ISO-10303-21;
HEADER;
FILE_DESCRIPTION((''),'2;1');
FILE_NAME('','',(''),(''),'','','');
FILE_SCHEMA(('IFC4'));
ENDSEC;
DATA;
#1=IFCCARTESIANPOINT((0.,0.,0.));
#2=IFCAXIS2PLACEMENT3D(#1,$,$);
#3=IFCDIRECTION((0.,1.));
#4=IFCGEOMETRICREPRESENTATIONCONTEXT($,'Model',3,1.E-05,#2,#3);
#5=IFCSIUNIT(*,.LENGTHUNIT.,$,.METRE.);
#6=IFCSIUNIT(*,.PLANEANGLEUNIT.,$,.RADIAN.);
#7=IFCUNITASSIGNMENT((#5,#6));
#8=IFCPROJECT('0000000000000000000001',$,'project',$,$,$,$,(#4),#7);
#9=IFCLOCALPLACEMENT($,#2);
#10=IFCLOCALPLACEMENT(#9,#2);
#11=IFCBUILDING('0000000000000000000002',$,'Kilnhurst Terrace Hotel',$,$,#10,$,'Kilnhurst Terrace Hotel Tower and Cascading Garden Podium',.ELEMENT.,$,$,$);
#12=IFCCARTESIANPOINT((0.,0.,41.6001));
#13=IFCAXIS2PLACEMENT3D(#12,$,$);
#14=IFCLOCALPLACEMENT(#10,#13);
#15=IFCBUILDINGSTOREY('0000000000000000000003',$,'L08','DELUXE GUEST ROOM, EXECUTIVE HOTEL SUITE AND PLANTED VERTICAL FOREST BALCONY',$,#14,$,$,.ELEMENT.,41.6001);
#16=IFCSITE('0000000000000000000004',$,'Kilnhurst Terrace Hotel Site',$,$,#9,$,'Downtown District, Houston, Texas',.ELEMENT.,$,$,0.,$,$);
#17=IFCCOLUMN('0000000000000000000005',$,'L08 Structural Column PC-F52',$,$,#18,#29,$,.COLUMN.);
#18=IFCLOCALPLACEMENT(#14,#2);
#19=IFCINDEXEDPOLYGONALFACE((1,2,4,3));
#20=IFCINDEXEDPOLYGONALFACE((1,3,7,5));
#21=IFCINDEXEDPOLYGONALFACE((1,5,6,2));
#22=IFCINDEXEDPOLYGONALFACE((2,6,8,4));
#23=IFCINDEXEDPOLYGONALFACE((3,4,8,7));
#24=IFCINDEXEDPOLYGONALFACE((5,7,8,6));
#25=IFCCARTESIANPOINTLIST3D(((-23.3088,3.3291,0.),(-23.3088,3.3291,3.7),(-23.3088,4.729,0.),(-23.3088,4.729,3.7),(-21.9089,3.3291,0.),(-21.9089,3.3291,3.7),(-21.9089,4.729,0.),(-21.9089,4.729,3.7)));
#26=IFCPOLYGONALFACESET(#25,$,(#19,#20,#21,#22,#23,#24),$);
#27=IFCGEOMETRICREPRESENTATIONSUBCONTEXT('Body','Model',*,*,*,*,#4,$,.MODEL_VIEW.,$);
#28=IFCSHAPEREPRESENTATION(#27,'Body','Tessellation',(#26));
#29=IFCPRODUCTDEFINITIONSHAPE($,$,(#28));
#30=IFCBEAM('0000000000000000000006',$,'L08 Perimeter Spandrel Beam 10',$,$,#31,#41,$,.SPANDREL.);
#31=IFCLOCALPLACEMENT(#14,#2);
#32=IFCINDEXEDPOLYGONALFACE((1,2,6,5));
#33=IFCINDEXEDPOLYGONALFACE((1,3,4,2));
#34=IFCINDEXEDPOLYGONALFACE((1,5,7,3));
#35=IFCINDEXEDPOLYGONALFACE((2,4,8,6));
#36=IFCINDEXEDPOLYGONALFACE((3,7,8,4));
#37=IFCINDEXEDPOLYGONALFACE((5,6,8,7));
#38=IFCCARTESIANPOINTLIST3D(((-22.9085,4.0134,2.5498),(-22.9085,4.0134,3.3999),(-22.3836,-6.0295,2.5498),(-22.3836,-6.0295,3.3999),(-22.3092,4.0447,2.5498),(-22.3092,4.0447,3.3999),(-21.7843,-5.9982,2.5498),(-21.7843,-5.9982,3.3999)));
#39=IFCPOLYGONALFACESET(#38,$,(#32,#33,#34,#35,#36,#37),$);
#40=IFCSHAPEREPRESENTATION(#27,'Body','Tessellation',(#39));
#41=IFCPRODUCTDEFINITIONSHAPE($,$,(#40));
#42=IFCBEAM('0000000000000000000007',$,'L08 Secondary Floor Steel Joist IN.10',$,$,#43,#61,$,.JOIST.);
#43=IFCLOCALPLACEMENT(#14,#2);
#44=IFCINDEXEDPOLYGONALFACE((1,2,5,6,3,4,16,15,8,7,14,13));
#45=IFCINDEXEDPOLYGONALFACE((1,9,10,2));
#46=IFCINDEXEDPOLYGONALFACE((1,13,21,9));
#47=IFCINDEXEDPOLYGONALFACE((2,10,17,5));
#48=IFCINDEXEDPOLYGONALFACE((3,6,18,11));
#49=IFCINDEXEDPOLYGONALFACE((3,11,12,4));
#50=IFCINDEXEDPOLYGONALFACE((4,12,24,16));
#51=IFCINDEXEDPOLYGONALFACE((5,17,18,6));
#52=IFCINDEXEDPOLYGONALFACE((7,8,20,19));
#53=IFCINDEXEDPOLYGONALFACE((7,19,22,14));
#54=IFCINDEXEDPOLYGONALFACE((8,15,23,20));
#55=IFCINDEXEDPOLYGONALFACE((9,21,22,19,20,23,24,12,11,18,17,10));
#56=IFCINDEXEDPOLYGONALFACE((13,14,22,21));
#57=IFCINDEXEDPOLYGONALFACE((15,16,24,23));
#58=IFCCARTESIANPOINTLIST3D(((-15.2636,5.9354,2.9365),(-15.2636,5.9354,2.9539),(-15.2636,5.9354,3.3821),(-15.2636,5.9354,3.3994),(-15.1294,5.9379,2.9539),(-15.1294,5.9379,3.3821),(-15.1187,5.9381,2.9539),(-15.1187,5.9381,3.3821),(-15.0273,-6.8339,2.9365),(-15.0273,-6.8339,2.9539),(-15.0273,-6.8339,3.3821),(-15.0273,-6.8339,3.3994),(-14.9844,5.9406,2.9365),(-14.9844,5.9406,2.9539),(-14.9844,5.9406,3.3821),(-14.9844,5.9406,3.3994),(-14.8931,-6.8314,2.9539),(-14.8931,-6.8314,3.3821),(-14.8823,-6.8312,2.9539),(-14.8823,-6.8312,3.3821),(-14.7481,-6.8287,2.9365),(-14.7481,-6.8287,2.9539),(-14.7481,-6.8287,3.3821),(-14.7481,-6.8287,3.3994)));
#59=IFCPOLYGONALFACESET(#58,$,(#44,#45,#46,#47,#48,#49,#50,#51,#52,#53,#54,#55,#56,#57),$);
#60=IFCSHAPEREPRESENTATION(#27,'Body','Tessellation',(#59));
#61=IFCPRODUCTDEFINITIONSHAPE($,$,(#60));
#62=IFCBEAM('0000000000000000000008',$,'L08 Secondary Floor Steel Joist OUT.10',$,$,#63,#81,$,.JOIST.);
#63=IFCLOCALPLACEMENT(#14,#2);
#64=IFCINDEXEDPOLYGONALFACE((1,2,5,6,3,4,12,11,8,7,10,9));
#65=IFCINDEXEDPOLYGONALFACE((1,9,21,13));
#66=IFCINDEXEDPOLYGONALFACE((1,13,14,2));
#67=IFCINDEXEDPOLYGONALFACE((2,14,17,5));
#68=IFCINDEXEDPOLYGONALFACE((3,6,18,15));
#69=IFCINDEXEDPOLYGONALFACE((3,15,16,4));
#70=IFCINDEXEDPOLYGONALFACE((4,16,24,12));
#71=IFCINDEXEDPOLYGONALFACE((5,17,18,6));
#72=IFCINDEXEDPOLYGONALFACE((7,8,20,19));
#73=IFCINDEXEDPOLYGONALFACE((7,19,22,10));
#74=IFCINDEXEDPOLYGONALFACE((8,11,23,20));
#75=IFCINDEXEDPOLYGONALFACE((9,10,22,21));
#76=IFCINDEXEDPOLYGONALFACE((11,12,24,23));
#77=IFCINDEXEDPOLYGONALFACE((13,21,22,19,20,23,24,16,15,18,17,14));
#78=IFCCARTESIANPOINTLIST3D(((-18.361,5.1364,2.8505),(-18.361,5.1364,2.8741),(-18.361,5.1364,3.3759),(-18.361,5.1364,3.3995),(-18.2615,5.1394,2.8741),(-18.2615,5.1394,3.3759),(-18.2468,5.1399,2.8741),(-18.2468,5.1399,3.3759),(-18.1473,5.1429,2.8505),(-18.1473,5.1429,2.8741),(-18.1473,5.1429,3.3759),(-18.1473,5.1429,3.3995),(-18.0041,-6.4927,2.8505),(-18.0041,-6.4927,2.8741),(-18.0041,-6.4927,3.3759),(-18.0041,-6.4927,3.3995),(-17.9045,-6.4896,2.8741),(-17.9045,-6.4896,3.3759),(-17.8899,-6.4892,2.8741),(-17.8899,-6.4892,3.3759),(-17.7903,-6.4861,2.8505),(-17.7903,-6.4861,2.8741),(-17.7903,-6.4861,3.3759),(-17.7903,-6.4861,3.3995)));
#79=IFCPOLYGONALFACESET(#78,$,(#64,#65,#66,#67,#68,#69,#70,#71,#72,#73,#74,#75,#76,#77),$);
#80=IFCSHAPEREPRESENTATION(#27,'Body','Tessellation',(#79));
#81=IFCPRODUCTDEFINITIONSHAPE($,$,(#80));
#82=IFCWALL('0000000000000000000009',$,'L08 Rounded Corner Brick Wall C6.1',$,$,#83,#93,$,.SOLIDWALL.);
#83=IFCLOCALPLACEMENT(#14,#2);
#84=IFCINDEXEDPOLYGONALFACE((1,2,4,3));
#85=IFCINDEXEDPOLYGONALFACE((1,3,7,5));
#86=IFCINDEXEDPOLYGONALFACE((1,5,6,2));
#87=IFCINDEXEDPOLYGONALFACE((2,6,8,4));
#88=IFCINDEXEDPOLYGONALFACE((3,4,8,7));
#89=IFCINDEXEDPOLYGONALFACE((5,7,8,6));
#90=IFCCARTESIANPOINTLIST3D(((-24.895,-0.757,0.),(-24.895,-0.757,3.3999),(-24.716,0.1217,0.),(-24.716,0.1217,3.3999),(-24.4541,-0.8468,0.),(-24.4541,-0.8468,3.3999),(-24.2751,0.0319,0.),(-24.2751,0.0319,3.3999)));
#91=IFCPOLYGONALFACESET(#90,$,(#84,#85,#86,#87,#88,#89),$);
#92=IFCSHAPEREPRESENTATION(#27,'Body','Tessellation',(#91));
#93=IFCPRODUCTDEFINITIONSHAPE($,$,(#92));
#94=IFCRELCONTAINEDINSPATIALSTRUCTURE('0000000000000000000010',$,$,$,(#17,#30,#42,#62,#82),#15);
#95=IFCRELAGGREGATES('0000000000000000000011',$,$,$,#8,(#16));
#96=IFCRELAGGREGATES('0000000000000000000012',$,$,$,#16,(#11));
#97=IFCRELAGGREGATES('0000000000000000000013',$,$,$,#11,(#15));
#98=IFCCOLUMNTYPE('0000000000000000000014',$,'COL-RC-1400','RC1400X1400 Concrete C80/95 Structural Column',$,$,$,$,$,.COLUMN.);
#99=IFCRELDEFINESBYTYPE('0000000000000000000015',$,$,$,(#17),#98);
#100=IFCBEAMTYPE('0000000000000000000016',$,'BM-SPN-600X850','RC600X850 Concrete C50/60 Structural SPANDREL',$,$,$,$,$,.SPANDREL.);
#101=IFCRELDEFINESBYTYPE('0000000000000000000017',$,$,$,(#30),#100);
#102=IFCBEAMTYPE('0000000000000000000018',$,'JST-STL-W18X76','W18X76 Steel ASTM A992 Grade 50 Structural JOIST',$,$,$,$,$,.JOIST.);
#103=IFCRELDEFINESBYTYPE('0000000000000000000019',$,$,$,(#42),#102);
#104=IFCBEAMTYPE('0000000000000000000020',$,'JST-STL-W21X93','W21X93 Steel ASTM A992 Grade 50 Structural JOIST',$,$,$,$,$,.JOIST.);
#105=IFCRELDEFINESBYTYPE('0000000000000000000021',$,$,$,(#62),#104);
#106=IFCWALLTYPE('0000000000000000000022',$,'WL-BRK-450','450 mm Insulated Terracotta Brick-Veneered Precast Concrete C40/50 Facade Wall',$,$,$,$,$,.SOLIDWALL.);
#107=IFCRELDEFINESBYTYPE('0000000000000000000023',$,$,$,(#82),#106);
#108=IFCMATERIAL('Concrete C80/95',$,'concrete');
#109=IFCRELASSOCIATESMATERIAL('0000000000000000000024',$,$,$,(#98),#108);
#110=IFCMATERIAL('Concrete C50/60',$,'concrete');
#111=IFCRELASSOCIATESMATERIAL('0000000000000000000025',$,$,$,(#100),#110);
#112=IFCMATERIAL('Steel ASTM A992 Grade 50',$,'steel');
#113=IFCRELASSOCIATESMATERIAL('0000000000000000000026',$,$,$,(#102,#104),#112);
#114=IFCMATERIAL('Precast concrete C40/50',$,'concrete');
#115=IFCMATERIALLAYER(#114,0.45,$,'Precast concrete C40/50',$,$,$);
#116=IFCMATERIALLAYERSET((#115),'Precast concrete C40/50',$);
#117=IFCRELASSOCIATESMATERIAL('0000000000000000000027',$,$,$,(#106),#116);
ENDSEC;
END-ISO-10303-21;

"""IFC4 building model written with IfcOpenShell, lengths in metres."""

from ifc_helpers import new_model, si_unit, direction, frame, frame_2d, origin, origin_2d, place, context, subcontext, project, spatial, rectangle, i_section, extrude, material, layer, layer_set, material_profile, profile_set, type_object, element, save


model = new_model("IFC4")

# Units and contexts
model_context = context("Model", 3, precision=1e-05, world=origin(), true_north=direction((0.0, 1.0)))
body_context = subcontext(model_context, "Body", "Model", "MODEL_VIEW")
ifc_project = project(units=[si_unit("LENGTHUNIT", "METRE"), si_unit("PLANEANGLEUNIT", "RADIAN")], contexts=[model_context])

# Site, building, storey
site_placement = place(None, origin())
site = spatial("IfcSite", under=ifc_project, at=site_placement, Name="Kilnhurst Terrace Hotel Site", LongName="Downtown District, Houston, Texas", CompositionType="ELEMENT", RefElevation=0.0)
building_placement = place(site_placement, origin())
building = spatial("IfcBuilding", under=site, at=building_placement, Name="Kilnhurst Terrace Hotel", LongName="Kilnhurst Terrace Hotel Tower and Cascading Garden Podium", CompositionType="ELEMENT")
storey_placement = place(building_placement, frame((0.0, 0.0, 41.6001)))
storey = spatial("IfcBuildingStorey", under=building, at=storey_placement, Name="L08", Description="DELUXE GUEST ROOM, EXECUTIVE HOTEL SUITE AND PLANTED VERTICAL FOREST BALCONY", CompositionType="ELEMENT", Elevation=41.6001)

# Column
ifc_material_1 = material(Name="Concrete C80/95", Category="concrete")
ifc_material_profile_1 = material_profile(ifc_material_1, rectangle(XDim=1.3999, YDim=1.3999, at=origin_2d()), Name="RC1400X1400")
ifc_profile_set_1 = profile_set([ifc_material_profile_1], Name="Concrete C80/95")
column_type = type_object("IfcColumnType", Name="COL-RC-1400", Description="RC1400X1400 Concrete C80/95 Structural Column", PredefinedType="COLUMN", material=ifc_profile_set_1)
column_placement = place(storey_placement, frame((-22.6089, 4.0291, 0.0), z_axis=(0.0, 0.0, 1.0), x_axis=(1.0, 0.0, 0.0)))
element("IfcColumn", 1, at=column_placement, inside=storey, type_object=column_type, Name="L08 Structural Column PC-F52", PredefinedType="COLUMN", context=body_context, shape_type="SweptSolid", body=[
    extrude(rectangle(XDim=1.3999, YDim=1.3999, at=origin_2d()), origin(), (0.0, 0.0, 1.0), 3.7),
])

# Beams
ifc_material_2 = material(Name="Concrete C50/60", Category="concrete")
ifc_material_profile_2 = material_profile(ifc_material_2, rectangle(XDim=0.6001, YDim=0.8501, at=origin_2d()), Name="RC600X850")
ifc_profile_set_2 = profile_set([ifc_material_profile_2], Name="Concrete C50/60")
beam_type_1 = type_object("IfcBeamType", Name="BM-SPN-600X850", Description="RC600X850 Concrete C50/60 Structural SPANDREL", PredefinedType="SPANDREL", material=ifc_profile_set_2)
beam_1_placement = place(storey_placement, frame((-22.6089, 4.0291, 2.9749), z_axis=(0.052194, -0.998637, 0.0), x_axis=(0.998637, 0.052194, 0.0)))
element("IfcBeam", 2, at=beam_1_placement, inside=storey, type_object=beam_type_1, Name="L08 Perimeter Spandrel Beam 10", PredefinedType="SPANDREL", context=body_context, shape_type="SweptSolid", body=[
    extrude(rectangle(XDim=0.6001, YDim=0.8501, at=origin_2d()), origin(), (0.0, 0.0, 1.0), 10.0566),
])
ifc_material_3 = material(Name="Steel ASTM A992 Grade 50", Category="steel")
ifc_material_profile_3 = material_profile(ifc_material_3, i_section(OverallWidth=0.2793, OverallDepth=0.4629, WebThickness=0.0107, FlangeThickness=0.0173, at=origin_2d()), Name="W18X76")
ifc_profile_set_3 = profile_set([ifc_material_profile_3], Name="Steel ASTM A992 Grade 50")
beam_type_2 = type_object("IfcBeamType", Name="JST-STL-W18X76", Description="W18X76 Steel ASTM A992 Grade 50 Structural JOIST", PredefinedType="JOIST", material=ifc_profile_set_3)
beam_2_placement = place(storey_placement, frame((-15.124, 5.938, 3.168), z_axis=(0.018504, -0.999829, 0.0), x_axis=(0.999829, 0.018504, 0.0)))
element("IfcBeam", 3, at=beam_2_placement, inside=storey, type_object=beam_type_2, Name="L08 Secondary Floor Steel Joist IN.10", PredefinedType="JOIST", context=body_context, shape_type="SweptSolid", body=[
    extrude(i_section(OverallWidth=0.2793, OverallDepth=0.4629, WebThickness=0.0107, FlangeThickness=0.0173, at=origin_2d()), origin(), (0.0, 0.0, 1.0), 12.7715),
])
ifc_material_profile_4 = material_profile(ifc_material_3, i_section(OverallWidth=0.2139, OverallDepth=0.5491, WebThickness=0.0146, FlangeThickness=0.0237, at=origin_2d()), Name="W21X93")
ifc_profile_set_4 = profile_set([ifc_material_profile_4], Name="Steel ASTM A992 Grade 50")
beam_type_3 = type_object("IfcBeamType", Name="JST-STL-W21X93", Description="W21X93 Steel ASTM A992 Grade 50 Structural JOIST", PredefinedType="JOIST", material=ifc_profile_set_4)
beam_3_placement = place(storey_placement, frame((-18.2542, 5.1396, 3.125), z_axis=(0.030679, -0.999529, 0.0), x_axis=(0.999529, 0.030679, 0.0)))
element("IfcBeam", 4, at=beam_3_placement, inside=storey, type_object=beam_type_3, Name="L08 Secondary Floor Steel Joist OUT.10", PredefinedType="JOIST", context=body_context, shape_type="SweptSolid", body=[
    extrude(i_section(OverallWidth=0.2139, OverallDepth=0.5491, WebThickness=0.0146, FlangeThickness=0.0237, at=origin_2d()), origin(), (0.0, 0.0, 1.0), 11.6345),
])

# Wall
ifc_material_4 = material(Name="Precast concrete C40/50", Category="concrete")
ifc_layer_1 = layer(ifc_material_4, 0.45, Name="Precast concrete C40/50")
ifc_layer_set_1 = layer_set([ifc_layer_1], Name="Precast concrete C40/50")
wall_type_1 = type_object("IfcWallType", Name="WL-BRK-450", Description="450 mm Insulated Terracotta Brick-Veneered Precast Concrete C40/50 Facade Wall", PredefinedType="SOLIDWALL", material=ifc_layer_set_1)
wall_1_placement = place(storey_placement, frame((-24.4956, 0.0767, 0.0), z_axis=(0.0, 0.0, 1.0), x_axis=(-0.199571, -0.979883, 0.0)))
element("IfcWall", 5, at=wall_1_placement, inside=storey, type_object=wall_type_1, Name="L08 Rounded Corner Brick Wall C6.1", PredefinedType="SOLIDWALL", context=body_context, shape_type="SweptSolid", body=[
    extrude(rectangle(XDim=0.8967, YDim=0.45, at=frame_2d((0.4482, 0.0))), origin(), (0.0, 0.0, 1.0), 3.3999),
])

save(model, "model.ifc")
